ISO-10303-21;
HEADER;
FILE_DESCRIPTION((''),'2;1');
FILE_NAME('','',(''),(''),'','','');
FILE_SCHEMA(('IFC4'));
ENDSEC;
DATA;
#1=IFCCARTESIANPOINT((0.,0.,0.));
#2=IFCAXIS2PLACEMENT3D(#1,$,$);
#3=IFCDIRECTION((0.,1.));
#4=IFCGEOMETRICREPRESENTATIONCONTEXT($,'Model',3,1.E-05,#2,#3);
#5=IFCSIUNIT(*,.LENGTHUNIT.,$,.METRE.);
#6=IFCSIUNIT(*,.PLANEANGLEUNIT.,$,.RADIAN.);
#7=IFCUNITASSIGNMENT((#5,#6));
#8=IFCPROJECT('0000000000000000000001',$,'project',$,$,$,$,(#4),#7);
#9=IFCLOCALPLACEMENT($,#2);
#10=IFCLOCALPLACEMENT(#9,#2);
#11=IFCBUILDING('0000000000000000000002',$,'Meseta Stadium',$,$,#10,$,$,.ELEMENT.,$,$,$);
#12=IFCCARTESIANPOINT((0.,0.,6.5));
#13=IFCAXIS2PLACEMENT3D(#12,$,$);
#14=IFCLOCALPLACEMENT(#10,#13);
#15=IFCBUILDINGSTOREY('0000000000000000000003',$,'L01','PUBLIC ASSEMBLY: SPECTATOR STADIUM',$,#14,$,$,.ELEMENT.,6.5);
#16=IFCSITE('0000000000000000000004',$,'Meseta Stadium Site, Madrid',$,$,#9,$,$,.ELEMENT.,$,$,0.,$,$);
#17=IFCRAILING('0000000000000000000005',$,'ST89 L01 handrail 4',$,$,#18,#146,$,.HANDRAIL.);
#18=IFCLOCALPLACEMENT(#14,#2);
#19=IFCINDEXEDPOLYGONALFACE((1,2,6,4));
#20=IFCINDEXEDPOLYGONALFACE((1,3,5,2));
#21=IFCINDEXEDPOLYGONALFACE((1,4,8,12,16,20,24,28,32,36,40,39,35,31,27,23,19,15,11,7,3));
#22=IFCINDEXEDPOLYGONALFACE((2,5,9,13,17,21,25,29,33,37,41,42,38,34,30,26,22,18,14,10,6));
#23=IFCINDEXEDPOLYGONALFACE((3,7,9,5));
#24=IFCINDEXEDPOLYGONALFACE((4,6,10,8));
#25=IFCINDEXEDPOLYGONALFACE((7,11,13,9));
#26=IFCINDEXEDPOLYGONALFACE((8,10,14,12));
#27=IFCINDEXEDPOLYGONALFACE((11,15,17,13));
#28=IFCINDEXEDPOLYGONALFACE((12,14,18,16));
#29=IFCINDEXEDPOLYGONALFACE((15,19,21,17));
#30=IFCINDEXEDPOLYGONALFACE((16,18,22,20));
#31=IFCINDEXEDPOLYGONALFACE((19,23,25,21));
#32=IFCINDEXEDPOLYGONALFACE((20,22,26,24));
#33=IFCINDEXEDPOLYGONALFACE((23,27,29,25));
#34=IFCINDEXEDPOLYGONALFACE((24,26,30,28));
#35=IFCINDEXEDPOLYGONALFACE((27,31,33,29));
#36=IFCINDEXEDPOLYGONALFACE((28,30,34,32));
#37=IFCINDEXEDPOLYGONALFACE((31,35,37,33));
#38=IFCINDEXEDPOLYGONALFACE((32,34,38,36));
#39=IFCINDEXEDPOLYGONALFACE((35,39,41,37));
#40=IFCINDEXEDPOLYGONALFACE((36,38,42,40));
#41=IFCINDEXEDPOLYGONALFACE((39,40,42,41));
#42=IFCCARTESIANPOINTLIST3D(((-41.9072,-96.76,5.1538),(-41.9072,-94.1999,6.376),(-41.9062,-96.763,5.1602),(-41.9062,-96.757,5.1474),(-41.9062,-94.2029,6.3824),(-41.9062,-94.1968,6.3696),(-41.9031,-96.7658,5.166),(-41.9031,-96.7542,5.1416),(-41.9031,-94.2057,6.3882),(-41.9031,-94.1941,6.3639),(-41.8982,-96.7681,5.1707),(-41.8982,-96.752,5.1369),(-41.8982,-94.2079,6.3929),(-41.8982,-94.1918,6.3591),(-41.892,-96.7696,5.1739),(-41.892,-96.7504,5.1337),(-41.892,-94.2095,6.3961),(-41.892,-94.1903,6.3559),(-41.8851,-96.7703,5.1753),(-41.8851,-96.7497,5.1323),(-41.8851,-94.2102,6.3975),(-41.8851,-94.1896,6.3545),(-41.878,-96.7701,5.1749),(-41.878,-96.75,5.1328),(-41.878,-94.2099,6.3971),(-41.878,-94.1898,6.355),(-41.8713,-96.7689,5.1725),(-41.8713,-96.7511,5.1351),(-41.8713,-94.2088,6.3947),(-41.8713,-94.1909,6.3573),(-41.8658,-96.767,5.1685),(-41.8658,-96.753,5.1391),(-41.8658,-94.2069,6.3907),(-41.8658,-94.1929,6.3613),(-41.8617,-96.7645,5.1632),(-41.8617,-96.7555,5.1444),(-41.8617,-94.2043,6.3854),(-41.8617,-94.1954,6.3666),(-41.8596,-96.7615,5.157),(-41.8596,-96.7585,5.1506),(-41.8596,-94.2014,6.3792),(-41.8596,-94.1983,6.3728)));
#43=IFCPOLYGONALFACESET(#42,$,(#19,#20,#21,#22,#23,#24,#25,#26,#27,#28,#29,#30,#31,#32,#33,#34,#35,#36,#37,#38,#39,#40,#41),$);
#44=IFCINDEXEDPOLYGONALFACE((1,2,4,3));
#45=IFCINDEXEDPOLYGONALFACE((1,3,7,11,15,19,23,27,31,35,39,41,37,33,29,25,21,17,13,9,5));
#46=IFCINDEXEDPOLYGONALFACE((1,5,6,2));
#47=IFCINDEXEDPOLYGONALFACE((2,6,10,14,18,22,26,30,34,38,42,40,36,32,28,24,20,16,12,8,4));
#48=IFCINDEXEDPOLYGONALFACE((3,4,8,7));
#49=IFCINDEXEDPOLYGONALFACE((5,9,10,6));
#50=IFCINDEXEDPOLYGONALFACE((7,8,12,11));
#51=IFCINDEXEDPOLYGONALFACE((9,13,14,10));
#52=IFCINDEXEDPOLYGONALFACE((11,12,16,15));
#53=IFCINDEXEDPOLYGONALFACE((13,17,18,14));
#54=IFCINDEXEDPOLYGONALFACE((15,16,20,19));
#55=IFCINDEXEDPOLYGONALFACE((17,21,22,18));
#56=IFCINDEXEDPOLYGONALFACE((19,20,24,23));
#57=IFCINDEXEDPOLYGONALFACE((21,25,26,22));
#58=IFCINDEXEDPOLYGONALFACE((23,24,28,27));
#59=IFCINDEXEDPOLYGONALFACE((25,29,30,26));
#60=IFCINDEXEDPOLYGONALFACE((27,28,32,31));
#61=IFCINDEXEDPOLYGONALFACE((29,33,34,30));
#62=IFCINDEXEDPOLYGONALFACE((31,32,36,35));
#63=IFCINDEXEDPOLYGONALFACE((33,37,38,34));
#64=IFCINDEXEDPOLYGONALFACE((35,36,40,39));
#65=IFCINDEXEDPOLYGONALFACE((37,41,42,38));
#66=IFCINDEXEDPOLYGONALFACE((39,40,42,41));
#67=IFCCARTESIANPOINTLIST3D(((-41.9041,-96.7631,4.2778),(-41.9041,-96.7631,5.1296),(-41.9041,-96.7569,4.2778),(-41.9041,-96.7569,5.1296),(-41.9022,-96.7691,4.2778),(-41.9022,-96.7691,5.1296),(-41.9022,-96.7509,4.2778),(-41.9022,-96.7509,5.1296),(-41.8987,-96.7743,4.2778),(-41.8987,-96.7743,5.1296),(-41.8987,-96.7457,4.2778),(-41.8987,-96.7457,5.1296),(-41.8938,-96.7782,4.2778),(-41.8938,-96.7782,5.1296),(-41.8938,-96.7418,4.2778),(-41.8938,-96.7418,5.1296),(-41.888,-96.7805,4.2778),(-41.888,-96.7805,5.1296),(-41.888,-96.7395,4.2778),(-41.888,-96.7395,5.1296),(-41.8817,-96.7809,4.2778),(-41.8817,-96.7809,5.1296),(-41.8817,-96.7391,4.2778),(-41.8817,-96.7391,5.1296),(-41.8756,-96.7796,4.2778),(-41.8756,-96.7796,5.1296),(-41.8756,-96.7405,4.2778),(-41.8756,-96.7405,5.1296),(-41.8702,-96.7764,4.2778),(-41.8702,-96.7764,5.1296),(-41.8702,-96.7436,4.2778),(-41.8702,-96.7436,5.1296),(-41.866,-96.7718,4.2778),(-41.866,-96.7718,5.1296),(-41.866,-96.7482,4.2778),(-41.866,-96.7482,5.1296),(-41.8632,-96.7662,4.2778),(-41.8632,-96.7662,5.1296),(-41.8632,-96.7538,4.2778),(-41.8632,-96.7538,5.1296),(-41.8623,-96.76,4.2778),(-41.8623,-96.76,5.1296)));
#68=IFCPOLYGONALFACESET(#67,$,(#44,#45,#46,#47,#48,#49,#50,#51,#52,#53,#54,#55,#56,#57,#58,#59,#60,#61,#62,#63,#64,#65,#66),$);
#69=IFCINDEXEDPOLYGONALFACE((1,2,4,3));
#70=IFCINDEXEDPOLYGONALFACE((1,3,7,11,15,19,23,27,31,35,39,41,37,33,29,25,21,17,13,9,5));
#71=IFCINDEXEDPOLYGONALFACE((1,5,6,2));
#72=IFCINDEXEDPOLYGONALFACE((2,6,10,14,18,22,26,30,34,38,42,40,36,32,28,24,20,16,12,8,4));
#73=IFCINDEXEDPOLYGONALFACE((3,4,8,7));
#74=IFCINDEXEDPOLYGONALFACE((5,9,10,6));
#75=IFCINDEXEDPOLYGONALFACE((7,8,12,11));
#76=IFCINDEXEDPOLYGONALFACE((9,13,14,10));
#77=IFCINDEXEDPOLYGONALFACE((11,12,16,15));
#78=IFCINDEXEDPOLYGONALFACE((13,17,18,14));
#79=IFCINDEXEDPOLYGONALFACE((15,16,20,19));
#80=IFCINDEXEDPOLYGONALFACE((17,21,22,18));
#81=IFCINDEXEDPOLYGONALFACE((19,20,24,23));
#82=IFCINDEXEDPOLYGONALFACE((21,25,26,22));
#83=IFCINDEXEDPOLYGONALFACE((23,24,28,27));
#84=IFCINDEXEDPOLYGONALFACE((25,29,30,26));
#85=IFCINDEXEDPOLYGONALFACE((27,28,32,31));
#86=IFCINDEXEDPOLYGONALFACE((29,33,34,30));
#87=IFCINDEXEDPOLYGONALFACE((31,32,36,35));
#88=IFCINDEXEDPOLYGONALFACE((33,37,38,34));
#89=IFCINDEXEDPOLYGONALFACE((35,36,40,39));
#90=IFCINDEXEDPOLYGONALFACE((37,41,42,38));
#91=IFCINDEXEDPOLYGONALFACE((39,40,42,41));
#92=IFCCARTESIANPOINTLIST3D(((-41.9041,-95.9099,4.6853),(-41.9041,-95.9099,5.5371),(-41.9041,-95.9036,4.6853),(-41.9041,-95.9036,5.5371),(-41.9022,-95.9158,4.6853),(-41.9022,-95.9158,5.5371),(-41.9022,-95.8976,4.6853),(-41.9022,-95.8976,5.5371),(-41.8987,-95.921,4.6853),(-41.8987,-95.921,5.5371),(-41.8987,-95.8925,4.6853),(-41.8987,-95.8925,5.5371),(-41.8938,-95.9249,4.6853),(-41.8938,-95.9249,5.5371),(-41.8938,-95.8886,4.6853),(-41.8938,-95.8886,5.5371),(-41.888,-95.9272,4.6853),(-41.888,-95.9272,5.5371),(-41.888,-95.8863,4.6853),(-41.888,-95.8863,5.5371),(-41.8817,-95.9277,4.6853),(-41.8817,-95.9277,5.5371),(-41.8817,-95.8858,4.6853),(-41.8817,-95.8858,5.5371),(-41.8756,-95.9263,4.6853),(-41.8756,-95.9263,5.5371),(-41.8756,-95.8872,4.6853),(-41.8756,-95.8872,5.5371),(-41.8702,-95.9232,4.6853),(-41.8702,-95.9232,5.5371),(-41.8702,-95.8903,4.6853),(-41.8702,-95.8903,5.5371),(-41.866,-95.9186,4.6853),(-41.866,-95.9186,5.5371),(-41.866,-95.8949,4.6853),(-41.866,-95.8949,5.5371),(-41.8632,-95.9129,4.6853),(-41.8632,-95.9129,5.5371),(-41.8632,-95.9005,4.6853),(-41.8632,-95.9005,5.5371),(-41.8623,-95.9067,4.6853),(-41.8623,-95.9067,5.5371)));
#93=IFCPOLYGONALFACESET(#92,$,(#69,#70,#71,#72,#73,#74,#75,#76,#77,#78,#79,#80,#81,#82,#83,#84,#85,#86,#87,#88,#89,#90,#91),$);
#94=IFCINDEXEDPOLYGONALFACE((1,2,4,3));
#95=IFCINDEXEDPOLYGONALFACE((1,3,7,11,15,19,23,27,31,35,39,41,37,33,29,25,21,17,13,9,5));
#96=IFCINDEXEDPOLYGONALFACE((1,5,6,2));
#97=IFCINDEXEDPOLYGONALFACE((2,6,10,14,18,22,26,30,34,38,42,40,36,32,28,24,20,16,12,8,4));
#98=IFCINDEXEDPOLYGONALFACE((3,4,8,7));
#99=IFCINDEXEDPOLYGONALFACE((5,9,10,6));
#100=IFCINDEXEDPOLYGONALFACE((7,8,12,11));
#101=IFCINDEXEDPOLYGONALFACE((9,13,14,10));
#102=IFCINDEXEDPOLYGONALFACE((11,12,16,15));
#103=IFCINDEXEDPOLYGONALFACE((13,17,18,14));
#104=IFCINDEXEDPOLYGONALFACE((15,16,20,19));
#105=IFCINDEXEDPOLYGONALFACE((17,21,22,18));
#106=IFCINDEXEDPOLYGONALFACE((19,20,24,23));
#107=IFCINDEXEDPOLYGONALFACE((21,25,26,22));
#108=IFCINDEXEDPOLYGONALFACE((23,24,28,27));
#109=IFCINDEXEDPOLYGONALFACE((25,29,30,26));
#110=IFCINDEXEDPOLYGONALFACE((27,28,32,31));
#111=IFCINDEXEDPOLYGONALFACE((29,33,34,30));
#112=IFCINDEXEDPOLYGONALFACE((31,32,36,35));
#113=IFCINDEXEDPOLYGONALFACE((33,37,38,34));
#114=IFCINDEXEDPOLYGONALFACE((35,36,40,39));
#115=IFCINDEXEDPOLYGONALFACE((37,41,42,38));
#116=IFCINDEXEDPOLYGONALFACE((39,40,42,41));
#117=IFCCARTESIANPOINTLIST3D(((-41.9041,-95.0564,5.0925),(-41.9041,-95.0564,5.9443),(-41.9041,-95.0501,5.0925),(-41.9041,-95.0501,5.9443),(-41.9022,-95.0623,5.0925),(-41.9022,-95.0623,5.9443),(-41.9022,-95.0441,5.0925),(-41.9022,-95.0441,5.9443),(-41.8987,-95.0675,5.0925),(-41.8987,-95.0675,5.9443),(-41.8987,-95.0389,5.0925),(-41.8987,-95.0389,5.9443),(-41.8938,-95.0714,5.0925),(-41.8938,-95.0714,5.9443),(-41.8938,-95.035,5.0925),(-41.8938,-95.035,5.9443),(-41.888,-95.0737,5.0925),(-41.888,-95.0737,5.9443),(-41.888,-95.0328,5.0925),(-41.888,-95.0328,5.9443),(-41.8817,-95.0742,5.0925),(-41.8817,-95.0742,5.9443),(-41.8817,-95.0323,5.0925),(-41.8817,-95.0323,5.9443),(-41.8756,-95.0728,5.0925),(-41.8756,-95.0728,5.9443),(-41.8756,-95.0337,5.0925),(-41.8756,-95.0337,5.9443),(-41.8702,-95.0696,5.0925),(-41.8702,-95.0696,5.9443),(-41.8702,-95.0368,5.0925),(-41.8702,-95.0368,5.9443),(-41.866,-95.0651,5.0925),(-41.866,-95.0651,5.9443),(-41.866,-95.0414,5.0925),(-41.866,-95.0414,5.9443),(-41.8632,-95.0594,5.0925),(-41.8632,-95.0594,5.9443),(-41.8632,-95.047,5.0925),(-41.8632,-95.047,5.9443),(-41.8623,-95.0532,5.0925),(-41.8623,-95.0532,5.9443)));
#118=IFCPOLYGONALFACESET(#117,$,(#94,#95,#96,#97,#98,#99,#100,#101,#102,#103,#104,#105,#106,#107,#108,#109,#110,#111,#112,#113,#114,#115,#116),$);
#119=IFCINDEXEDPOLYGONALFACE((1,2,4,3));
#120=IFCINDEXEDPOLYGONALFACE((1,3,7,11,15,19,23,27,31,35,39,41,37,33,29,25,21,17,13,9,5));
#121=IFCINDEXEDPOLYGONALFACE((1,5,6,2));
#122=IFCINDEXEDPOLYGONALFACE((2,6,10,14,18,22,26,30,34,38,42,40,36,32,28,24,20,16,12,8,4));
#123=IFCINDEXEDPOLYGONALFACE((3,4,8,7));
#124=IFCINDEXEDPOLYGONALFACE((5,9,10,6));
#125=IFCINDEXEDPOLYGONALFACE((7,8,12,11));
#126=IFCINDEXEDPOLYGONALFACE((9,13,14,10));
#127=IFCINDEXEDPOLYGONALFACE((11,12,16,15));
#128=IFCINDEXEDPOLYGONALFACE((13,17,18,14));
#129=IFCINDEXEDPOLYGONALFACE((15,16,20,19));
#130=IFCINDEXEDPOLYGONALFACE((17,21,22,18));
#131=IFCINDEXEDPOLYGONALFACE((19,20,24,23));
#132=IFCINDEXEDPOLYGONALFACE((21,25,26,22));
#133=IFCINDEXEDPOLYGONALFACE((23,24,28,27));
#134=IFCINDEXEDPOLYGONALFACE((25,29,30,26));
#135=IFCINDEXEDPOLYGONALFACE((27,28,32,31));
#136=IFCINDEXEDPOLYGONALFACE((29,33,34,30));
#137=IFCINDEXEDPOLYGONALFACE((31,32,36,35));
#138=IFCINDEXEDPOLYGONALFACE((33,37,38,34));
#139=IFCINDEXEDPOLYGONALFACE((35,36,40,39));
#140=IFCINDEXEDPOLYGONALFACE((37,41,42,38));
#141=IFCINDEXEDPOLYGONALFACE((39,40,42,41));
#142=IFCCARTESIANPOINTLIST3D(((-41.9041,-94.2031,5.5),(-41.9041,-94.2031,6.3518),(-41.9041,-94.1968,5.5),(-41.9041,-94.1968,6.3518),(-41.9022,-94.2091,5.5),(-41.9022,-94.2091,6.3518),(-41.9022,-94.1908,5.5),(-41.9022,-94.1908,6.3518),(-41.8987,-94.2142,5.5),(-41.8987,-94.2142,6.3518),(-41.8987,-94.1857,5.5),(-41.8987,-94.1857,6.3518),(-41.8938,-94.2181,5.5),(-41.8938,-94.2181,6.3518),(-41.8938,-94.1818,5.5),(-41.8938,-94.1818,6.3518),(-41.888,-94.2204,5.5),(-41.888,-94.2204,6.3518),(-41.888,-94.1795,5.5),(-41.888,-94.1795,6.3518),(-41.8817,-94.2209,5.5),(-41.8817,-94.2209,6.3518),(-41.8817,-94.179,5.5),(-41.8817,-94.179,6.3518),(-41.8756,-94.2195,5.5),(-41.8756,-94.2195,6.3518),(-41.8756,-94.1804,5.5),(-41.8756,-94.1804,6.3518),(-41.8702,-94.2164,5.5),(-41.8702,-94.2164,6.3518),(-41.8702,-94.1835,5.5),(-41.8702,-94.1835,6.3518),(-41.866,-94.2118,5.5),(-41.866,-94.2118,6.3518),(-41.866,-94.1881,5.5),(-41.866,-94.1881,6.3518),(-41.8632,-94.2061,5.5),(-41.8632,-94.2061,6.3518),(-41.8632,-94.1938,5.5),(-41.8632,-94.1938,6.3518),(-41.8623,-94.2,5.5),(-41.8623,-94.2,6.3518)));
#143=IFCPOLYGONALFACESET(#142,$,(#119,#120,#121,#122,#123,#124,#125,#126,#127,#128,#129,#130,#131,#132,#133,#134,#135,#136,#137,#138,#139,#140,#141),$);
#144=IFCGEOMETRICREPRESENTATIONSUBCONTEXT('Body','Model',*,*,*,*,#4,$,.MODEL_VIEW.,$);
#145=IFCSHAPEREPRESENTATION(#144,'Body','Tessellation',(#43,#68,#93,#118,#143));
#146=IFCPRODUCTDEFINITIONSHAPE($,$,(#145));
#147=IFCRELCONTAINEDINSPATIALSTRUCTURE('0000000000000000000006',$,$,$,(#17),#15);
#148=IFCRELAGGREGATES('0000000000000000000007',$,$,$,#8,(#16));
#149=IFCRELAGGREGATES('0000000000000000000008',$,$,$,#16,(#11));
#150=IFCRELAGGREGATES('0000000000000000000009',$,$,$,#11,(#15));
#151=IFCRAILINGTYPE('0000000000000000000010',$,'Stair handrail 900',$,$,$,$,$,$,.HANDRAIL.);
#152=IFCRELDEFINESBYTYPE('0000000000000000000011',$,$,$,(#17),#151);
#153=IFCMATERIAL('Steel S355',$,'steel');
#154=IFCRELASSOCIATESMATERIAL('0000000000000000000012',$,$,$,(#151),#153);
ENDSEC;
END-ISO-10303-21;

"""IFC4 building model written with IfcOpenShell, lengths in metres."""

from ifc_helpers import new_model, si_unit, direction, frame, origin, origin_2d, place, context, subcontext, project, spatial, circle, extrude, material, type_object, element, save


model = new_model("IFC4")

# Units and contexts
model_context = context("Model", 3, precision=1e-05, world=origin(), true_north=direction((0.0, 1.0)))
body_context = subcontext(model_context, "Body", "Model", "MODEL_VIEW")
ifc_project = project(units=[si_unit("LENGTHUNIT", "METRE"), si_unit("PLANEANGLEUNIT", "RADIAN")], contexts=[model_context])

# Site, building, storey
site_placement = place(None, origin())
site = spatial("IfcSite", under=ifc_project, at=site_placement, Name="Meseta Stadium Site, Madrid", CompositionType="ELEMENT", RefElevation=0.0)
building_placement = place(site_placement, origin())
building = spatial("IfcBuilding", under=site, at=building_placement, Name="Meseta Stadium", CompositionType="ELEMENT")
storey_placement = place(building_placement, frame((0.0, 0.0, 6.5)))
storey = spatial("IfcBuildingStorey", under=building, at=storey_placement, Name="L01", Description="PUBLIC ASSEMBLY: SPECTATOR STADIUM", CompositionType="ELEMENT", Elevation=6.5)

# Railing
ifc_material_1 = material(Name="Steel S355", Category="steel")
railing_type_1 = type_object("IfcRailingType", Name="Stair handrail 900", PredefinedType="HANDRAIL", material=ifc_material_1)
railing_1_placement = place(storey_placement, frame((-41.8833, -96.76, 4.2778)))
element("IfcRailing", 1, at=railing_1_placement, inside=storey, type_object=railing_type_1, Name="ST89 L01 handrail 4", PredefinedType="HANDRAIL", context=body_context, shape_type="SweptSolid", body=[
    extrude(circle(Radius=0.0239, at=origin_2d()), frame((0.0, 0.0, 0.876), z_axis=(0.0, 0.902437, 0.430822), x_axis=(-1.0, 0.0, 0.0)), (0.0, 0.0, 1.0), 2.8369),
    extrude(circle(Radius=0.021, at=origin_2d()), origin(), (0.0, 0.0, 1.0), 0.8518),
    extrude(circle(Radius=0.021, at=origin_2d()), frame((0.0, 0.8533, 0.4075)), (0.0, 0.0, 1.0), 0.8518),
    extrude(circle(Radius=0.021, at=origin_2d()), frame((0.0, 1.7068, 0.8147)), (0.0, 0.0, 1.0), 0.8518),
    extrude(circle(Radius=0.021, at=origin_2d()), frame((0.0, 2.5601, 1.2222)), (0.0, 0.0, 1.0), 0.8518),
])

save(model, "model.ifc")
